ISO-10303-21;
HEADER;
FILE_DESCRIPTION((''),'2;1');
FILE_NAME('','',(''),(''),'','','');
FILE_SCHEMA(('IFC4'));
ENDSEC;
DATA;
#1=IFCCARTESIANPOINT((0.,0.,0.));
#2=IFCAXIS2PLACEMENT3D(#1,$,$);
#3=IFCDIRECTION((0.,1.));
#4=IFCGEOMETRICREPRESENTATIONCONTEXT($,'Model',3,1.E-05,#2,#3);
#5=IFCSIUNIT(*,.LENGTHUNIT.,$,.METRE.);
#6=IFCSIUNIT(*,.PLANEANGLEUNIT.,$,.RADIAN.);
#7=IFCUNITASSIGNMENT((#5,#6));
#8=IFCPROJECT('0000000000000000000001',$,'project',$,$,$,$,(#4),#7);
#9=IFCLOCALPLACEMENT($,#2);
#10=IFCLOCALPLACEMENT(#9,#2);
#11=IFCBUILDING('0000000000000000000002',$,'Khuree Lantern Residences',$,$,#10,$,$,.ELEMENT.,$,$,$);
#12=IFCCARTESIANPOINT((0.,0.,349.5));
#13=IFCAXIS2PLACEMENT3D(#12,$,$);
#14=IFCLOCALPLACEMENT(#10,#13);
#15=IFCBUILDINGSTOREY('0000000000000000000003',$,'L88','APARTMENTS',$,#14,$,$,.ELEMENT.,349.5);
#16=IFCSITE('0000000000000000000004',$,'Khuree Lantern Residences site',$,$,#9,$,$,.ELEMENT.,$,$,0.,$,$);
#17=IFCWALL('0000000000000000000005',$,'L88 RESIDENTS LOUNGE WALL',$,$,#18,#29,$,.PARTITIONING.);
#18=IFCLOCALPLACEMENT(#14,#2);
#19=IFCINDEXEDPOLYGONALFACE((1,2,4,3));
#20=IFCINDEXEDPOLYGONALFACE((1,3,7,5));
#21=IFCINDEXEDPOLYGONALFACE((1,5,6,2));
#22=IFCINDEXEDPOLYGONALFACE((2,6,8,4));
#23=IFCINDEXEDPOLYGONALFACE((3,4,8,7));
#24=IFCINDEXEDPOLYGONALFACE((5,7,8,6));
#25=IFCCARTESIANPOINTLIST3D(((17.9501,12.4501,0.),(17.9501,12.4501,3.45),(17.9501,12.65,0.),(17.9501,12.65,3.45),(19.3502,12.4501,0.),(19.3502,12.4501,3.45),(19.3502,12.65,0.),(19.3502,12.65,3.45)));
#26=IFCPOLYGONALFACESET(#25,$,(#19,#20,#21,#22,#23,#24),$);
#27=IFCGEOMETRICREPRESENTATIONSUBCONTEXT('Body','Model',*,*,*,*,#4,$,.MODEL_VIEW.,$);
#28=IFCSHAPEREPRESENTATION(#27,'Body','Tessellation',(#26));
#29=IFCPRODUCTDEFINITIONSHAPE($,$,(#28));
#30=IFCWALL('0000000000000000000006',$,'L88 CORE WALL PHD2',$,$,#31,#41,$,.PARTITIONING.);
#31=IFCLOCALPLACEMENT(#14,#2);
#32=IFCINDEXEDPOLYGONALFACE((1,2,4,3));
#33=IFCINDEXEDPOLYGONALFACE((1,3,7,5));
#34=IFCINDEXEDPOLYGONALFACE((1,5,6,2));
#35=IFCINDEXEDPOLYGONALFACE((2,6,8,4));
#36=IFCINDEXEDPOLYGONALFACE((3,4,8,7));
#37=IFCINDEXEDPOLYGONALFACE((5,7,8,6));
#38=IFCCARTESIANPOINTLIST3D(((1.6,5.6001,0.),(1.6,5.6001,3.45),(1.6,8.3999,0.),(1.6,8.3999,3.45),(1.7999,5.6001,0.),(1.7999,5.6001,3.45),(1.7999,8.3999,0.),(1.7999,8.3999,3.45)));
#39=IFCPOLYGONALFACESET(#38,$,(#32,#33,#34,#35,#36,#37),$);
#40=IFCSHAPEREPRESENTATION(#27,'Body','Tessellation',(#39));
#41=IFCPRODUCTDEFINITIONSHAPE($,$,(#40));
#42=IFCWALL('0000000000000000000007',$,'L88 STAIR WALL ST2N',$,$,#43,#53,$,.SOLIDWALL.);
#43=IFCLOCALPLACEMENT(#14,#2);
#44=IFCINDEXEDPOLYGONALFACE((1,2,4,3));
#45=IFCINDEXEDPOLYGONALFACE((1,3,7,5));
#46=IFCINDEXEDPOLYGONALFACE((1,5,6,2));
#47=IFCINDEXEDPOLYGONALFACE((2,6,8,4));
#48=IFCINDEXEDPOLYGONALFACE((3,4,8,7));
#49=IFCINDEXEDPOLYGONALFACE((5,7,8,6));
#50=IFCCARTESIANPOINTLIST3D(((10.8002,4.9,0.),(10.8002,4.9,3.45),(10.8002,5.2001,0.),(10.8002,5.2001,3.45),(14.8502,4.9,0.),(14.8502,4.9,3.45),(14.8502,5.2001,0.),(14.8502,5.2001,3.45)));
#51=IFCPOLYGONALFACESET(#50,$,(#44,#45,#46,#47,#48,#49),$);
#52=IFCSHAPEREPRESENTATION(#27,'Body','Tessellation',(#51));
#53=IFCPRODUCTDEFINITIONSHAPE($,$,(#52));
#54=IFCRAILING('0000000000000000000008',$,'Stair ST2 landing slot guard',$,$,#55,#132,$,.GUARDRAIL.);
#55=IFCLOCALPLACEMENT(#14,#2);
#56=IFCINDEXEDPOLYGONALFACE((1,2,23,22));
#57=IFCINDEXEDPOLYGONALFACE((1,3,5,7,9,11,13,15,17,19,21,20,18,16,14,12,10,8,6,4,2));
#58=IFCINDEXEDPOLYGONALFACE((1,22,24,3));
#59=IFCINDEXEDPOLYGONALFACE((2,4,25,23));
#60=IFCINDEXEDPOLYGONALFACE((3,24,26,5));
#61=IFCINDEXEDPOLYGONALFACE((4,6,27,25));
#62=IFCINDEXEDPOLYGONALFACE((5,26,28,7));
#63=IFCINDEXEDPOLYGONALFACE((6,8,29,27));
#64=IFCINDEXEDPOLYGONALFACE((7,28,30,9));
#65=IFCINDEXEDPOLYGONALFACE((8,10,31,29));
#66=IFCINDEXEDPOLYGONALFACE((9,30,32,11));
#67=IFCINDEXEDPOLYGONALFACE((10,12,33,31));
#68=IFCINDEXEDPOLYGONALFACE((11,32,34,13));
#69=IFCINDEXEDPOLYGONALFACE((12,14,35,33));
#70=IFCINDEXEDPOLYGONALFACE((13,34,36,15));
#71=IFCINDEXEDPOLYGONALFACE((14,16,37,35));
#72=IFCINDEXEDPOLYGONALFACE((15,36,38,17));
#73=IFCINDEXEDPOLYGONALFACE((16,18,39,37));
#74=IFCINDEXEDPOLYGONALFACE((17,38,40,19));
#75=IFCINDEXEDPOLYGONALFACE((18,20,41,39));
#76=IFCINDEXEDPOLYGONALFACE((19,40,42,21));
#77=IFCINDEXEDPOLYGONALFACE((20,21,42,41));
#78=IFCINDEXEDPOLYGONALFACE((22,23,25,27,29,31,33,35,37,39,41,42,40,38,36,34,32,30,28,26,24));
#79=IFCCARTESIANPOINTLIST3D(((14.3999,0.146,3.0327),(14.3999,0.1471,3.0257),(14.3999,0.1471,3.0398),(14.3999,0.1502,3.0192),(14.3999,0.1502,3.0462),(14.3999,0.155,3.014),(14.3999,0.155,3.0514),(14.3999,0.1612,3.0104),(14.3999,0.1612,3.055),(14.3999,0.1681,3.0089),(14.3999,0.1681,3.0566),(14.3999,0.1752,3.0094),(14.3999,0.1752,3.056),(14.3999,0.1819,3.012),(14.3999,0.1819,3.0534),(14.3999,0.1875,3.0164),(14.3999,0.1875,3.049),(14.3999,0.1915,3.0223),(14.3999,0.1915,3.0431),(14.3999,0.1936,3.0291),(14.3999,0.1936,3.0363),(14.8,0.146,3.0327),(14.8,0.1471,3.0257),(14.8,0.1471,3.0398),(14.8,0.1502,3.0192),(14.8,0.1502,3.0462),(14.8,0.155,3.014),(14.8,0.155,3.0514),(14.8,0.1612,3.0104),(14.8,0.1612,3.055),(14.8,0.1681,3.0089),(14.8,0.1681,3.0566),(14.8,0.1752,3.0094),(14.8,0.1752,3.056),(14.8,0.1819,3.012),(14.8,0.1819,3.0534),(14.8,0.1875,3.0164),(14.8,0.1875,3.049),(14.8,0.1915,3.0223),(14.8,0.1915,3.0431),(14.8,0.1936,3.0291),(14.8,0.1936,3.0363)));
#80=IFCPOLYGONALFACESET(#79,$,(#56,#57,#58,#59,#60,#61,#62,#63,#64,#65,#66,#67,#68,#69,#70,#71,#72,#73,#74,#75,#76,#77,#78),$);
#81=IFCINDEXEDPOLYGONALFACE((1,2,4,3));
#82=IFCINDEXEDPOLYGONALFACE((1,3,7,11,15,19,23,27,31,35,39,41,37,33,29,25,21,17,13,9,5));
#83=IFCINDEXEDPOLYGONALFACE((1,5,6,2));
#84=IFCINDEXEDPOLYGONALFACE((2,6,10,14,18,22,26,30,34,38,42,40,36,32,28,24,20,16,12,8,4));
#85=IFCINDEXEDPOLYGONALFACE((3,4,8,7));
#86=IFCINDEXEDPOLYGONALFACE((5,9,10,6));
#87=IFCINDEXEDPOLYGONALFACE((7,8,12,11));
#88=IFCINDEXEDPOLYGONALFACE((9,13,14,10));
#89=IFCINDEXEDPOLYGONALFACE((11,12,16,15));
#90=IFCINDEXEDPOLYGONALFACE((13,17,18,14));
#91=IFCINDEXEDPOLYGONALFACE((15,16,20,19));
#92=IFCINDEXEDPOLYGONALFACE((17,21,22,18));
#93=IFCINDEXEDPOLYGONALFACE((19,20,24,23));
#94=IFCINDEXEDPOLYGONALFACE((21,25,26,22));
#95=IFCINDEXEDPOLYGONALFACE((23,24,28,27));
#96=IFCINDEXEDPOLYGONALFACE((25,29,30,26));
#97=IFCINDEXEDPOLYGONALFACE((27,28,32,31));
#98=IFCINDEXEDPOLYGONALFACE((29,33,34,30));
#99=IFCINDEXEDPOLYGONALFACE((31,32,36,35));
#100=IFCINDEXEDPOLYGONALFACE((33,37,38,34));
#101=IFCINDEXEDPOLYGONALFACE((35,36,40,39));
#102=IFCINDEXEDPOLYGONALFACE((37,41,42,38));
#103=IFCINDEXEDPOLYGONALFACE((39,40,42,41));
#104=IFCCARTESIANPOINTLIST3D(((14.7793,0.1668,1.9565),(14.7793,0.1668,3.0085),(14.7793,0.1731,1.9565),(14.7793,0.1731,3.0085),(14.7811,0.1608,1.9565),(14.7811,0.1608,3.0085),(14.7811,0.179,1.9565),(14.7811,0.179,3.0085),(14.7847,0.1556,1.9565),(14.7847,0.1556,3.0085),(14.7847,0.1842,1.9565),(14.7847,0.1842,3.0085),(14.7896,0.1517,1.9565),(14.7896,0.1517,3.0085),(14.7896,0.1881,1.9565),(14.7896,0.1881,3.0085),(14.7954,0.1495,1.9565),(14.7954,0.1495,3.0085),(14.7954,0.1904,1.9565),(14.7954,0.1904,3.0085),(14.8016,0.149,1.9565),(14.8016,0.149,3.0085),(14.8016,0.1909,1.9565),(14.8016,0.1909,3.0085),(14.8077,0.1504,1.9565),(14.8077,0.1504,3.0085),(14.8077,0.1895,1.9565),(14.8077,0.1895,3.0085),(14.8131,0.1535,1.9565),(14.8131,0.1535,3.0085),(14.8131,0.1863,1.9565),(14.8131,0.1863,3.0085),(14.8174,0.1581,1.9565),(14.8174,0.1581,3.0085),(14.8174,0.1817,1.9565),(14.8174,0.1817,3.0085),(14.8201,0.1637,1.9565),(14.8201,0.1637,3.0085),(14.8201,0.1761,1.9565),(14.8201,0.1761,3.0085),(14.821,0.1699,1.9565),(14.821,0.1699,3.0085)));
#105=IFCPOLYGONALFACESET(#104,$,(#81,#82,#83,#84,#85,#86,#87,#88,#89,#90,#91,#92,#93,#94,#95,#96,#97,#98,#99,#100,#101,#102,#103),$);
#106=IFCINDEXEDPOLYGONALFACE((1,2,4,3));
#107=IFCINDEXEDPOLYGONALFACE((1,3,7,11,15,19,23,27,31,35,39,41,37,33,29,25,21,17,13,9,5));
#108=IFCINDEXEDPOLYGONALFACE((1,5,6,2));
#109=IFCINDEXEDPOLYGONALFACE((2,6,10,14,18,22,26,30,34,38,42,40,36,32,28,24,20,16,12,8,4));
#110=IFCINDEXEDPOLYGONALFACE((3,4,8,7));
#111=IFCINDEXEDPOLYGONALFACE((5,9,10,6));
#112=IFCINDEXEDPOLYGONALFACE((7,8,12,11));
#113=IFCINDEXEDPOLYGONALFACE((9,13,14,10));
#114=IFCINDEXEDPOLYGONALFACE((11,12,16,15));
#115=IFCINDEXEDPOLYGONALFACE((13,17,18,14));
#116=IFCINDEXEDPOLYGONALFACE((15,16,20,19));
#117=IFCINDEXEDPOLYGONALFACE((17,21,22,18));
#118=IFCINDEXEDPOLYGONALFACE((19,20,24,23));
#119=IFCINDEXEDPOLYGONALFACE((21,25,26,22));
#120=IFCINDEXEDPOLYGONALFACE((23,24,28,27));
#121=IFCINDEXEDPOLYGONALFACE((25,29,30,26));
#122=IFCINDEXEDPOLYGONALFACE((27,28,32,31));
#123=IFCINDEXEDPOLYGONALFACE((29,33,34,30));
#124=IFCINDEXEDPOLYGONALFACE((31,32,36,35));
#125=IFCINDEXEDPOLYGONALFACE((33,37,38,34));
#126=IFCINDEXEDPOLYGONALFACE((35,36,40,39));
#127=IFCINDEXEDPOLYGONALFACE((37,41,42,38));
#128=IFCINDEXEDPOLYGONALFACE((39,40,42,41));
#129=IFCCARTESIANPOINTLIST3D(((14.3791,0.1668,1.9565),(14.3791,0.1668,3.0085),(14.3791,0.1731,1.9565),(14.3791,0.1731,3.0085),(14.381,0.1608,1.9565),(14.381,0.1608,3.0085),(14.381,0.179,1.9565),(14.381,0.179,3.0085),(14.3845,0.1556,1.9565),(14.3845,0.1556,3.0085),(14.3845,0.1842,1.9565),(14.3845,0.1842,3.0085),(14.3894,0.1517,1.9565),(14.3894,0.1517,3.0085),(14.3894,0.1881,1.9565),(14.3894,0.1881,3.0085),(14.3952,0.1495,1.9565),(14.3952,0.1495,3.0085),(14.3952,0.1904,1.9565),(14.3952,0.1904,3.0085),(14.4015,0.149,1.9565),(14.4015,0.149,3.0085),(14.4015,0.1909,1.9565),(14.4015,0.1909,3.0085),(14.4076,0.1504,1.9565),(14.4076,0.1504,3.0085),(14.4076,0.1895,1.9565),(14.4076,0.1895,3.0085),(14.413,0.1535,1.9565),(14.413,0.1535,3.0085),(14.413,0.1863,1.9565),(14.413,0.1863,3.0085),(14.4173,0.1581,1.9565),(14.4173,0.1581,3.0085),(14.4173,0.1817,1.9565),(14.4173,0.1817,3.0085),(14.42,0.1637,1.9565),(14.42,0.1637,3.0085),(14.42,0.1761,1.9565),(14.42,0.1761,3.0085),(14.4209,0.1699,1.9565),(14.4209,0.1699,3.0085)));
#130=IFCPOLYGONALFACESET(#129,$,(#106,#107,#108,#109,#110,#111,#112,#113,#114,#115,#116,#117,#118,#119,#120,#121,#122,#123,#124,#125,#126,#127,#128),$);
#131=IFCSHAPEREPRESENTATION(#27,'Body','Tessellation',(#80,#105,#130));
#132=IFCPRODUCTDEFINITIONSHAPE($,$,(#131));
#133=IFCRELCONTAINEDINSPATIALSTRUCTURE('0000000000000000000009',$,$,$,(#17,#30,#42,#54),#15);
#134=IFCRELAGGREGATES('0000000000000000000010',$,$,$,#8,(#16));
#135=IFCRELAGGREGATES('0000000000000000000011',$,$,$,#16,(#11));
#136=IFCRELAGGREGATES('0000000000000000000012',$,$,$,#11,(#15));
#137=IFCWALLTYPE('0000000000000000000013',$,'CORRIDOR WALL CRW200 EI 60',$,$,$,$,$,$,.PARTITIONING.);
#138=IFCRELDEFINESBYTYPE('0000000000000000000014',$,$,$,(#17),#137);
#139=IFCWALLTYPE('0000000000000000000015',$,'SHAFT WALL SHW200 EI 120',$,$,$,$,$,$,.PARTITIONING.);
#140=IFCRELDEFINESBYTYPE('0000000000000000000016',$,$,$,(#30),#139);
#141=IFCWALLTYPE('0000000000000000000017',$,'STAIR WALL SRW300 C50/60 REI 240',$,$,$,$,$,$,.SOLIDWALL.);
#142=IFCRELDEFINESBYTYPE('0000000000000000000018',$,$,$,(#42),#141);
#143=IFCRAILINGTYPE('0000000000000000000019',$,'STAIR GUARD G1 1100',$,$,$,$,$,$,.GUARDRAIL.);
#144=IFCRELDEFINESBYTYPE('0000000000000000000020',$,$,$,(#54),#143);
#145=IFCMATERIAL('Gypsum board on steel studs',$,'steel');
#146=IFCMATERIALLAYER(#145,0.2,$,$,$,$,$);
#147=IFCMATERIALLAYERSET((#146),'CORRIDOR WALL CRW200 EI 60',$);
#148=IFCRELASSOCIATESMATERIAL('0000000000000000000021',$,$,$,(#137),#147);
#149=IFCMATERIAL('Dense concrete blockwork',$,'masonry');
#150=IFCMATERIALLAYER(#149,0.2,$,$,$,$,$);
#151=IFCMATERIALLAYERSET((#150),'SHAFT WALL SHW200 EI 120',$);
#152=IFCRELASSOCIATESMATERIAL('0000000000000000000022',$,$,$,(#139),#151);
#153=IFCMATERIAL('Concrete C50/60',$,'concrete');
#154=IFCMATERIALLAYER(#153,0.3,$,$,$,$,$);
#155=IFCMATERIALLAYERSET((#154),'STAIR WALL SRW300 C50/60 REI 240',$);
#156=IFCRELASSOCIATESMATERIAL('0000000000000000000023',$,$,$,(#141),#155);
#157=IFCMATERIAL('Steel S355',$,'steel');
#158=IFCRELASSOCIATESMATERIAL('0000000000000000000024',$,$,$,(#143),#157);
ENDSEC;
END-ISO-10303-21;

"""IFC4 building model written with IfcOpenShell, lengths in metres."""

from ifc_helpers import new_model, si_unit, direction, frame, frame_2d, origin, origin_2d, place, context, subcontext, project, spatial, rectangle, circle, extrude, material, layer, layer_set, type_object, element, save


model = new_model("IFC4")

# Units and contexts
model_context = context("Model", 3, precision=1e-05, world=origin(), true_north=direction((0.0, 1.0)))
body_context = subcontext(model_context, "Body", "Model", "MODEL_VIEW")
ifc_project = project(units=[si_unit("LENGTHUNIT", "METRE"), si_unit("PLANEANGLEUNIT", "RADIAN")], contexts=[model_context])

# Site, building, storey
site_placement = place(None, origin())
site = spatial("IfcSite", under=ifc_project, at=site_placement, Name="Khuree Lantern Residences site", CompositionType="ELEMENT", RefElevation=0.0)
building_placement = place(site_placement, origin())
building = spatial("IfcBuilding", under=site, at=building_placement, Name="Khuree Lantern Residences", CompositionType="ELEMENT")
storey_placement = place(building_placement, frame((0.0, 0.0, 349.5)))
storey = spatial("IfcBuildingStorey", under=building, at=storey_placement, Name="L88", Description="APARTMENTS", CompositionType="ELEMENT", Elevation=349.5)

# Shared definitions
ifc_material_1 = material(Name="Concrete C50/60", Category="concrete")

# Shared definitions
ifc_material_2 = material(Name="Dense concrete blockwork", Category="masonry")

# Walls
ifc_material_3 = material(Name="Gypsum board on steel studs", Category="steel")
ifc_layer_1 = layer(ifc_material_3, 0.2)
ifc_layer_set_1 = layer_set([ifc_layer_1], Name="CORRIDOR WALL CRW200 EI 60")
wall_type_1 = type_object("IfcWallType", Name="CORRIDOR WALL CRW200 EI 60", PredefinedType="PARTITIONING", material=ifc_layer_set_1)
wall_1_placement = place(storey_placement, frame((17.95, 12.55, 0.0), z_axis=(0.0, 0.0, 1.0), x_axis=(1.0, 0.0, 0.0)))
element("IfcWall", 1, at=wall_1_placement, inside=storey, type_object=wall_type_1, Name="L88 RESIDENTS LOUNGE WALL", PredefinedType="PARTITIONING", context=body_context, shape_type="SweptSolid", body=[
    extrude(rectangle(XDim=1.4001, YDim=0.2, at=frame_2d((0.7002, 0.0))), origin(), (0.0, 0.0, 1.0), 3.45),
])
ifc_layer_2 = layer(ifc_material_2, 0.2)
ifc_layer_set_2 = layer_set([ifc_layer_2], Name="SHAFT WALL SHW200 EI 120")
wall_type_2 = type_object("IfcWallType", Name="SHAFT WALL SHW200 EI 120", PredefinedType="PARTITIONING", material=ifc_layer_set_2)
wall_2_placement = place(storey_placement, frame((1.7, 5.6001, 0.0), z_axis=(0.0, 0.0, 1.0), x_axis=(0.0, 1.0, 0.0)))
element("IfcWall", 2, at=wall_2_placement, inside=storey, type_object=wall_type_2, Name="L88 CORE WALL PHD2", PredefinedType="PARTITIONING", context=body_context, shape_type="SweptSolid", body=[
    extrude(rectangle(XDim=2.7998, YDim=0.2, at=frame_2d((1.3999, 0.0))), origin(), (0.0, 0.0, 1.0), 3.45),
])
ifc_layer_3 = layer(ifc_material_1, 0.3)
ifc_layer_set_3 = layer_set([ifc_layer_3], Name="STAIR WALL SRW300 C50/60 REI 240")
wall_type_3 = type_object("IfcWallType", Name="STAIR WALL SRW300 C50/60 REI 240", PredefinedType="SOLIDWALL", material=ifc_layer_set_3)
wall_3_placement = place(storey_placement, frame((14.8501, 5.05, 0.0), z_axis=(0.0, 0.0, 1.0), x_axis=(-1.0, 0.0, 0.0)))
element("IfcWall", 3, at=wall_3_placement, inside=storey, type_object=wall_type_3, Name="L88 STAIR WALL ST2N", PredefinedType="SOLIDWALL", context=body_context, shape_type="SweptSolid", body=[
    extrude(rectangle(XDim=4.05, YDim=0.3, at=frame_2d((2.0249, 0.0))), origin(), (0.0, 0.0, 1.0), 3.45),
])

# Railing
ifc_material_4 = material(Name="Steel S355", Category="steel")
railing_type = type_object("IfcRailingType", Name="STAIR GUARD G1 1100", PredefinedType="GUARDRAIL", material=ifc_material_4)
railing_placement = place(storey_placement, frame((14.8, 0.1699, 1.9565)))
element("IfcRailing", 4, at=railing_placement, inside=storey, type_object=railing_type, Name="Stair ST2 landing slot guard", PredefinedType="GUARDRAIL", context=body_context, shape_type="SweptSolid", body=[
    extrude(circle(Radius=0.0239, at=origin_2d()), frame((0.0, 0.0, 1.0762), z_axis=(-1.0, 0.0, 0.0), x_axis=(0.0, -1.0, 0.0)), (0.0, 0.0, 1.0), 0.4001),
    extrude(circle(Radius=0.021, at=origin_2d()), origin(), (0.0, 0.0, 1.0), 1.052),
    extrude(circle(Radius=0.021, at=origin_2d()), frame((-0.4001, 0.0, 0.0)), (0.0, 0.0, 1.0), 1.052),
])

save(model, "model.ifc")
